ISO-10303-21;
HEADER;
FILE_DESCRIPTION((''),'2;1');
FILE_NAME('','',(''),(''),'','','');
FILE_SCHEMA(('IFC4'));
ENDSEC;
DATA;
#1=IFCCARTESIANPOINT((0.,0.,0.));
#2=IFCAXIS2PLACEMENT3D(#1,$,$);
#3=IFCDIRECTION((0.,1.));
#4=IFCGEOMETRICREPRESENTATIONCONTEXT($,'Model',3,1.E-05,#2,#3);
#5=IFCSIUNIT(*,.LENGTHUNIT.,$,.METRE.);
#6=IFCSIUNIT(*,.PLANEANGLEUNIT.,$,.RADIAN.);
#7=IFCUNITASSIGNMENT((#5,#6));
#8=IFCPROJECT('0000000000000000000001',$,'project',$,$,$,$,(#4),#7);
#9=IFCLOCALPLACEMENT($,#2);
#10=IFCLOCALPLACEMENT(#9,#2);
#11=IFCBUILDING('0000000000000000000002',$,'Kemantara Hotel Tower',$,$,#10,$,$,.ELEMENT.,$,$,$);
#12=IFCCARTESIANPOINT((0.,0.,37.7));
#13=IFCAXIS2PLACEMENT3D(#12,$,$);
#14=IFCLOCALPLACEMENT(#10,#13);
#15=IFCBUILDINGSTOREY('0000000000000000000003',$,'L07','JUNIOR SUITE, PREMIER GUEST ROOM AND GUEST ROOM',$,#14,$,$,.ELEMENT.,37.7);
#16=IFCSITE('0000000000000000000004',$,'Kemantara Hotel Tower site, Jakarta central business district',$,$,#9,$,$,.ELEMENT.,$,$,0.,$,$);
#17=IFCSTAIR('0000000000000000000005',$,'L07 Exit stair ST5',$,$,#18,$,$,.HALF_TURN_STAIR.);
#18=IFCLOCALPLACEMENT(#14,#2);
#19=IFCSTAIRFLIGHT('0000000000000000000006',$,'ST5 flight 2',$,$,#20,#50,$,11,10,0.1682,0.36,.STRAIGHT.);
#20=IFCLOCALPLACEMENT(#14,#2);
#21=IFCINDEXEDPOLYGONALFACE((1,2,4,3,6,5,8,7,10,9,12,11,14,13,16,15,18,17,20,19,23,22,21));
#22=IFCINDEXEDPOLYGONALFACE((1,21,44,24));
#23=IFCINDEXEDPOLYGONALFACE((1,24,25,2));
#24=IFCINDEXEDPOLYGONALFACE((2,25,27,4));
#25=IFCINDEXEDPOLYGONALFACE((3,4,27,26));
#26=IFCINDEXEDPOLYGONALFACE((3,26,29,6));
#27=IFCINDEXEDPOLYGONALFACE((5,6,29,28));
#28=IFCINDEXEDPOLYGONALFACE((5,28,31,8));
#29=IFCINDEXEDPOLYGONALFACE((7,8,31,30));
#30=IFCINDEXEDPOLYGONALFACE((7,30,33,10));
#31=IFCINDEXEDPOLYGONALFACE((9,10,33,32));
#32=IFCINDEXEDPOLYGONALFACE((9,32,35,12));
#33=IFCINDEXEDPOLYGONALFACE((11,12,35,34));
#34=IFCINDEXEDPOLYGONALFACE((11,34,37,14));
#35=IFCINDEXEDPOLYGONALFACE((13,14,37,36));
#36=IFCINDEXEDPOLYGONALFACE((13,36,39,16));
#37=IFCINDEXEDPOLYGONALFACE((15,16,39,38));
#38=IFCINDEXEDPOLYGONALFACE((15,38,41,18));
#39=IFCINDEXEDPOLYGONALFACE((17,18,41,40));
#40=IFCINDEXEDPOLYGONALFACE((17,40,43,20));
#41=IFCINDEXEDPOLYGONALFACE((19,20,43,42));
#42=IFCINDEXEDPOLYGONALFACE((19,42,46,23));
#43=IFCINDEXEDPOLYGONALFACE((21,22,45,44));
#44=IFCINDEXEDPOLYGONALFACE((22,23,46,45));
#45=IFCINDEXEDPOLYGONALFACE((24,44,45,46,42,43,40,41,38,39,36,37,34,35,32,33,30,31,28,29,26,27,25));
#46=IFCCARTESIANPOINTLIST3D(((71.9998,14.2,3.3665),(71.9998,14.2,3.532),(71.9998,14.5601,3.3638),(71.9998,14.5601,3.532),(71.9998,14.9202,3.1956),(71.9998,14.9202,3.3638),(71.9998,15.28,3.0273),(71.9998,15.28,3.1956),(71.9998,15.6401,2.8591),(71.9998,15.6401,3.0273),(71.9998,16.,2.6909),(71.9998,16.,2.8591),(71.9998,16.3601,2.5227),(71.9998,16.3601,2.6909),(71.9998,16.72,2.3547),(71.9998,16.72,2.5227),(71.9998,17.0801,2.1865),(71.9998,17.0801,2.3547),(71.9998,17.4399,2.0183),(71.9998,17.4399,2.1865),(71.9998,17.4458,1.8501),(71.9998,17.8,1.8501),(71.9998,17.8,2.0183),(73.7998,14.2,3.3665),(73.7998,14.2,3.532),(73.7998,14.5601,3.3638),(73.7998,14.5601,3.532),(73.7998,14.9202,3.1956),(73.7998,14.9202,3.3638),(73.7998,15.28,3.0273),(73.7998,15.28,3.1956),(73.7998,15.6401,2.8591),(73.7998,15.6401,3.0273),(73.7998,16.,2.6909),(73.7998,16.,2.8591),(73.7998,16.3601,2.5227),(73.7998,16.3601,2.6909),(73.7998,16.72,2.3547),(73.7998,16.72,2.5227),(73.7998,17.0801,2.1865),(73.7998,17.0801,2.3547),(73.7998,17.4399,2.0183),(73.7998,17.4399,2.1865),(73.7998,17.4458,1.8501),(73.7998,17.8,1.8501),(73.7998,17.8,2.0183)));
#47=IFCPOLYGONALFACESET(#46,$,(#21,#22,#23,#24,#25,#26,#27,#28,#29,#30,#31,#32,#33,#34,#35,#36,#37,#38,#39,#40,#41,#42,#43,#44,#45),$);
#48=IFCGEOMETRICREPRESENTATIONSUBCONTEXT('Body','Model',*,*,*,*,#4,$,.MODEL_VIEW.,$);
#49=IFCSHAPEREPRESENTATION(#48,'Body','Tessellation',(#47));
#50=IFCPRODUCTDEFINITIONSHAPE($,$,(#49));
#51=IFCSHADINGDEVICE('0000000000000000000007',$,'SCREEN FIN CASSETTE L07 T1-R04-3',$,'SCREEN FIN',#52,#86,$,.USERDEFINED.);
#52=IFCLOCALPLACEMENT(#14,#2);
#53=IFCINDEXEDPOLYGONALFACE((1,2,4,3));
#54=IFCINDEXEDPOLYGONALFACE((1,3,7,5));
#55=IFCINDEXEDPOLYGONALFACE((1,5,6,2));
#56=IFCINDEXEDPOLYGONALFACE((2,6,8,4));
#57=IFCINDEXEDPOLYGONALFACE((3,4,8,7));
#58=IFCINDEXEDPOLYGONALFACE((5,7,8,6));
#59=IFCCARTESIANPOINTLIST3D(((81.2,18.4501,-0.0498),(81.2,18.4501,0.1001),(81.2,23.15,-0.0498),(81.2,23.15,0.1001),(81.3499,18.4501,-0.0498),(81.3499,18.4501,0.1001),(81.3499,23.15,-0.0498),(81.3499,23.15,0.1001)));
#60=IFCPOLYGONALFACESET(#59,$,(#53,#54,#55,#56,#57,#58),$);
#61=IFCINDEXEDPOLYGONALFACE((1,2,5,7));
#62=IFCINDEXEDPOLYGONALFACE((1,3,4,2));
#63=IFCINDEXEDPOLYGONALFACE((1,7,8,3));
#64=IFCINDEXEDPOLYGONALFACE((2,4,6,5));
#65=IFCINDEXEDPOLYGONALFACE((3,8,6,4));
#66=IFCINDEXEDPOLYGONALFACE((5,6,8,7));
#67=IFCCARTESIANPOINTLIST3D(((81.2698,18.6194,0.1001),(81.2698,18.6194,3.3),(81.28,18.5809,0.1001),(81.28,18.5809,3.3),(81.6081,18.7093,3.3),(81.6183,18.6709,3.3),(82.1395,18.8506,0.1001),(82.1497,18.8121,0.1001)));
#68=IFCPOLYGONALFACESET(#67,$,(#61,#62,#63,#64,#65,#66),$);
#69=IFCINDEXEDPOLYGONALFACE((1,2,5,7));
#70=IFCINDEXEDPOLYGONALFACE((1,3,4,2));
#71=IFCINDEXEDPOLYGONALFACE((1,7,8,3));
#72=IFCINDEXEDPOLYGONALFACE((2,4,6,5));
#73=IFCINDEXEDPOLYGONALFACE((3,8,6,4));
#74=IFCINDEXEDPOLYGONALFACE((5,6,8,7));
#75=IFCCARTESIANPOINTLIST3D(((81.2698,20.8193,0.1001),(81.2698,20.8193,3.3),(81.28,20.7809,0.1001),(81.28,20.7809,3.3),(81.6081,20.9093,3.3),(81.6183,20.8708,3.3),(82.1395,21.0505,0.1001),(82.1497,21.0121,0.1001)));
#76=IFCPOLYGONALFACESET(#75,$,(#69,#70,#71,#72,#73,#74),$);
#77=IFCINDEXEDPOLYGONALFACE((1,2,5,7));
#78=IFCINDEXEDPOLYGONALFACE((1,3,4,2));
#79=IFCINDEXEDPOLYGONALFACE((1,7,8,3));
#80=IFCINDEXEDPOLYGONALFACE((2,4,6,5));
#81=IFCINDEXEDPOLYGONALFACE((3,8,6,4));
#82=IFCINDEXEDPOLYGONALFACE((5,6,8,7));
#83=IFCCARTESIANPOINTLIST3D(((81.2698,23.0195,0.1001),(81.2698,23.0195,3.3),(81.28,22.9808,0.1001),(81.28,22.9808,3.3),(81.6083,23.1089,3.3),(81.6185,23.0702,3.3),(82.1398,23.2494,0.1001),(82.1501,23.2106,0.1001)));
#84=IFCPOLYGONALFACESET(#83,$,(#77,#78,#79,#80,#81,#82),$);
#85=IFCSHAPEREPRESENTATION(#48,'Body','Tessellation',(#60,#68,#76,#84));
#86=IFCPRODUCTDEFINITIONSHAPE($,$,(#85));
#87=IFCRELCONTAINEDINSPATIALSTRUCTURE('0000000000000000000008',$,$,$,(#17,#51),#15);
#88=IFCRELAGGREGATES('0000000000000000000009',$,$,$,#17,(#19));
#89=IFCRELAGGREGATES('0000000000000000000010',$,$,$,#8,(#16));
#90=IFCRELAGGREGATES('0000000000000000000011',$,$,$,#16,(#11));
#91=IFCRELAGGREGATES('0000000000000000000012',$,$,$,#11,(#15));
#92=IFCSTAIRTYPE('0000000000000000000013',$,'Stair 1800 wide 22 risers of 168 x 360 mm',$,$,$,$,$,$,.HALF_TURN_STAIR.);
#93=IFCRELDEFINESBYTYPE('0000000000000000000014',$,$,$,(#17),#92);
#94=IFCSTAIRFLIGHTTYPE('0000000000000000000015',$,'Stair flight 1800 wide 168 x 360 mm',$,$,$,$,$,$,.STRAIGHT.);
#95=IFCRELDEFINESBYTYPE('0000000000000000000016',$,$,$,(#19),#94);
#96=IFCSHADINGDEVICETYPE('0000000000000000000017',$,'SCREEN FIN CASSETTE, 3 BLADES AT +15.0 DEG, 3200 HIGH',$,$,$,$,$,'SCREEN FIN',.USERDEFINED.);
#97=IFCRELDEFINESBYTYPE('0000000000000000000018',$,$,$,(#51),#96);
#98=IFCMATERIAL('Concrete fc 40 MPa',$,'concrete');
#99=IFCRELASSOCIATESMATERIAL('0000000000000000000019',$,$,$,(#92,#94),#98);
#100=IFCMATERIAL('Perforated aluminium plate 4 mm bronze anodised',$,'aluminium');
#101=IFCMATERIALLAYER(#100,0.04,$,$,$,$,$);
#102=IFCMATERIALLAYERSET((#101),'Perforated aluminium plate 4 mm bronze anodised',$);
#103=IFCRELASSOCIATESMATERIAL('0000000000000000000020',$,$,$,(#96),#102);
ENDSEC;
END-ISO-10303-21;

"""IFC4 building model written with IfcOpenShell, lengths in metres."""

from ifc_helpers import new_model, si_unit, direction, frame, origin, origin_2d, place, context, subcontext, project, spatial, polyline, rectangle, outline, extrude, source, transform, mapped, material, layer, layer_set, type_object, element, aggregate, save


model = new_model("IFC4")

# Units and contexts
model_context = context("Model", 3, precision=1e-05, world=origin(), true_north=direction((0.0, 1.0)))
body_context = subcontext(model_context, "Body", "Model", "MODEL_VIEW")
ifc_project = project(units=[si_unit("LENGTHUNIT", "METRE"), si_unit("PLANEANGLEUNIT", "RADIAN")], contexts=[model_context])

# Site, building, storey
site_placement = place(None, origin())
site = spatial("IfcSite", under=ifc_project, at=site_placement, Name="Kemantara Hotel Tower site, Jakarta central business district", CompositionType="ELEMENT", RefElevation=0.0)
building_placement = place(site_placement, origin())
building = spatial("IfcBuilding", under=site, at=building_placement, Name="Kemantara Hotel Tower", CompositionType="ELEMENT")
storey_placement = place(building_placement, frame((0.0, 0.0, 37.7)))
storey = spatial("IfcBuildingStorey", under=building, at=storey_placement, Name="L07", Description="JUNIOR SUITE, PREMIER GUEST ROOM AND GUEST ROOM", CompositionType="ELEMENT", Elevation=37.7)

# Shared definitions
ifc_material_1 = material(Name="Concrete fc 40 MPa", Category="concrete")

# Stair, stair flight
stair_type = type_object("IfcStairType", Name="Stair 1800 wide 22 risers of 168 x 360 mm", PredefinedType="HALF_TURN_STAIR", material=ifc_material_1)
stair_flight_type = type_object("IfcStairFlightType", Name="Stair flight 1800 wide 168 x 360 mm", PredefinedType="STRAIGHT", material=ifc_material_1)
stair_1_placement = place(storey_placement, origin())
stair_1 = element("IfcStair", 1, at=stair_1_placement, inside=storey, type_object=stair_type, Name="L07 Exit stair ST5", PredefinedType="HALF_TURN_STAIR")
stair_flight_1_placement = place(storey_placement, frame((72.8999, 17.8, 1.8501), z_axis=(0.0, 0.0, 1.0), x_axis=(0.0, -1.0, 0.0)))
stair_flight_1 = element("IfcStairFlight", 2, at=stair_flight_1_placement, type_object=stair_flight_type, Name="ST5 flight 2", NumberOfRisers=11, NumberOfTreads=10, PredefinedType="STRAIGHT", RiserHeight=0.1682, TreadLength=0.36, context=body_context, shape_type="SweptSolid", body=[
    extrude(outline(polyline([(0.0, 0.0), (0.0, 0.1682), (0.3601, 0.1682), (0.3601, 0.3364), (0.72, 0.3364), (0.72, 0.5046), (1.0801, 0.5046), (1.0801, 0.6726), (1.4399, 0.6726), (1.4399, 0.8408), (1.8, 0.8408), (1.8, 1.009), (2.1599, 1.009), (2.1599, 1.1772), (2.52, 1.1772), (2.52, 1.3455), (2.8799, 1.3455), (2.8799, 1.5137), (3.24, 1.5137), (3.24, 1.6819), (3.6001, 1.6819), (3.6001, 1.8501), (3.6001, 1.5164), (0.3542, 0.0), (0.0, 0.0)])), frame((0.0, 0.8999, 0.0), z_axis=(0.0, -1.0, 0.0), x_axis=(1.0, 0.0, 0.0)), (0.0, 0.0, 1.0), 1.8),
])
aggregate(stair_1, [stair_flight_1])

# Shading device
ifc_material_2 = material(Name="Perforated aluminium plate 4 mm bronze anodised", Category="aluminium")
ifc_layer_1 = layer(ifc_material_2, 0.04)
ifc_layer_set_1 = layer_set([ifc_layer_1], Name="Perforated aluminium plate 4 mm bronze anodised")
shading_device_type = type_object("IfcShadingDeviceType", Name="SCREEN FIN CASSETTE, 3 BLADES AT +15.0 DEG, 3200 HIGH", ElementType="SCREEN FIN", PredefinedType="USERDEFINED", material=ifc_layer_set_1)
shared_shape_1 = source(origin(), body_context, "Body", "SweptSolid", [
    extrude(rectangle(XDim=4.7, YDim=0.1499, at=origin_2d()), frame((2.2, -0.075, -0.1499), z_axis=(0.0, 0.0, 1.0), x_axis=(1.0, 0.0, 0.0)), (0.0, 0.0, 1.0), 0.1499),
    extrude(outline(polyline([(0.0, 0.0), (0.8999, 0.0), (0.3501, 3.2), (0.0, 3.2), (0.0, 0.0)])), frame((0.0193, -0.0698, 0.0), z_axis=(-0.966438, -0.256901, 0.0), x_axis=(0.256901, -0.966438, 0.0)), (0.0, 0.0, 1.0), 0.0398),
    extrude(outline(polyline([(0.0, 0.0), (0.8999, 0.0), (0.3501, 3.2), (0.0, 3.2), (0.0, 0.0)])), frame((2.2192, -0.0698, 0.0), z_axis=(-0.966438, -0.256901, 0.0), x_axis=(0.256901, -0.966438, 0.0)), (0.0, 0.0, 1.0), 0.0398),
    extrude(outline(polyline([(0.0, 0.0), (0.8999, 0.0), (0.3501, 3.2), (0.0, 3.2), (0.0, 0.0)])), frame((4.4194, -0.0698, 0.0), z_axis=(-0.966838, -0.255391, 0.0), x_axis=(0.255391, -0.966838, 0.0)), (0.0, 0.0, 1.0), 0.04),
])
shading_device_placement = place(storey_placement, frame((81.2, 18.6001, 0.1001), z_axis=(0.0, 0.0, 1.0), x_axis=(0.0, 1.0, 0.0)))
element("IfcShadingDevice", 3, at=shading_device_placement, inside=storey, type_object=shading_device_type, Name="SCREEN FIN CASSETTE L07 T1-R04-3", ObjectType="SCREEN FIN", PredefinedType="USERDEFINED", context=body_context, shape_type="MappedRepresentation", body=[
    mapped(shared_shape_1, transform((0.0, 0.0, 0.0))),
])

save(model, "model.ifc")
